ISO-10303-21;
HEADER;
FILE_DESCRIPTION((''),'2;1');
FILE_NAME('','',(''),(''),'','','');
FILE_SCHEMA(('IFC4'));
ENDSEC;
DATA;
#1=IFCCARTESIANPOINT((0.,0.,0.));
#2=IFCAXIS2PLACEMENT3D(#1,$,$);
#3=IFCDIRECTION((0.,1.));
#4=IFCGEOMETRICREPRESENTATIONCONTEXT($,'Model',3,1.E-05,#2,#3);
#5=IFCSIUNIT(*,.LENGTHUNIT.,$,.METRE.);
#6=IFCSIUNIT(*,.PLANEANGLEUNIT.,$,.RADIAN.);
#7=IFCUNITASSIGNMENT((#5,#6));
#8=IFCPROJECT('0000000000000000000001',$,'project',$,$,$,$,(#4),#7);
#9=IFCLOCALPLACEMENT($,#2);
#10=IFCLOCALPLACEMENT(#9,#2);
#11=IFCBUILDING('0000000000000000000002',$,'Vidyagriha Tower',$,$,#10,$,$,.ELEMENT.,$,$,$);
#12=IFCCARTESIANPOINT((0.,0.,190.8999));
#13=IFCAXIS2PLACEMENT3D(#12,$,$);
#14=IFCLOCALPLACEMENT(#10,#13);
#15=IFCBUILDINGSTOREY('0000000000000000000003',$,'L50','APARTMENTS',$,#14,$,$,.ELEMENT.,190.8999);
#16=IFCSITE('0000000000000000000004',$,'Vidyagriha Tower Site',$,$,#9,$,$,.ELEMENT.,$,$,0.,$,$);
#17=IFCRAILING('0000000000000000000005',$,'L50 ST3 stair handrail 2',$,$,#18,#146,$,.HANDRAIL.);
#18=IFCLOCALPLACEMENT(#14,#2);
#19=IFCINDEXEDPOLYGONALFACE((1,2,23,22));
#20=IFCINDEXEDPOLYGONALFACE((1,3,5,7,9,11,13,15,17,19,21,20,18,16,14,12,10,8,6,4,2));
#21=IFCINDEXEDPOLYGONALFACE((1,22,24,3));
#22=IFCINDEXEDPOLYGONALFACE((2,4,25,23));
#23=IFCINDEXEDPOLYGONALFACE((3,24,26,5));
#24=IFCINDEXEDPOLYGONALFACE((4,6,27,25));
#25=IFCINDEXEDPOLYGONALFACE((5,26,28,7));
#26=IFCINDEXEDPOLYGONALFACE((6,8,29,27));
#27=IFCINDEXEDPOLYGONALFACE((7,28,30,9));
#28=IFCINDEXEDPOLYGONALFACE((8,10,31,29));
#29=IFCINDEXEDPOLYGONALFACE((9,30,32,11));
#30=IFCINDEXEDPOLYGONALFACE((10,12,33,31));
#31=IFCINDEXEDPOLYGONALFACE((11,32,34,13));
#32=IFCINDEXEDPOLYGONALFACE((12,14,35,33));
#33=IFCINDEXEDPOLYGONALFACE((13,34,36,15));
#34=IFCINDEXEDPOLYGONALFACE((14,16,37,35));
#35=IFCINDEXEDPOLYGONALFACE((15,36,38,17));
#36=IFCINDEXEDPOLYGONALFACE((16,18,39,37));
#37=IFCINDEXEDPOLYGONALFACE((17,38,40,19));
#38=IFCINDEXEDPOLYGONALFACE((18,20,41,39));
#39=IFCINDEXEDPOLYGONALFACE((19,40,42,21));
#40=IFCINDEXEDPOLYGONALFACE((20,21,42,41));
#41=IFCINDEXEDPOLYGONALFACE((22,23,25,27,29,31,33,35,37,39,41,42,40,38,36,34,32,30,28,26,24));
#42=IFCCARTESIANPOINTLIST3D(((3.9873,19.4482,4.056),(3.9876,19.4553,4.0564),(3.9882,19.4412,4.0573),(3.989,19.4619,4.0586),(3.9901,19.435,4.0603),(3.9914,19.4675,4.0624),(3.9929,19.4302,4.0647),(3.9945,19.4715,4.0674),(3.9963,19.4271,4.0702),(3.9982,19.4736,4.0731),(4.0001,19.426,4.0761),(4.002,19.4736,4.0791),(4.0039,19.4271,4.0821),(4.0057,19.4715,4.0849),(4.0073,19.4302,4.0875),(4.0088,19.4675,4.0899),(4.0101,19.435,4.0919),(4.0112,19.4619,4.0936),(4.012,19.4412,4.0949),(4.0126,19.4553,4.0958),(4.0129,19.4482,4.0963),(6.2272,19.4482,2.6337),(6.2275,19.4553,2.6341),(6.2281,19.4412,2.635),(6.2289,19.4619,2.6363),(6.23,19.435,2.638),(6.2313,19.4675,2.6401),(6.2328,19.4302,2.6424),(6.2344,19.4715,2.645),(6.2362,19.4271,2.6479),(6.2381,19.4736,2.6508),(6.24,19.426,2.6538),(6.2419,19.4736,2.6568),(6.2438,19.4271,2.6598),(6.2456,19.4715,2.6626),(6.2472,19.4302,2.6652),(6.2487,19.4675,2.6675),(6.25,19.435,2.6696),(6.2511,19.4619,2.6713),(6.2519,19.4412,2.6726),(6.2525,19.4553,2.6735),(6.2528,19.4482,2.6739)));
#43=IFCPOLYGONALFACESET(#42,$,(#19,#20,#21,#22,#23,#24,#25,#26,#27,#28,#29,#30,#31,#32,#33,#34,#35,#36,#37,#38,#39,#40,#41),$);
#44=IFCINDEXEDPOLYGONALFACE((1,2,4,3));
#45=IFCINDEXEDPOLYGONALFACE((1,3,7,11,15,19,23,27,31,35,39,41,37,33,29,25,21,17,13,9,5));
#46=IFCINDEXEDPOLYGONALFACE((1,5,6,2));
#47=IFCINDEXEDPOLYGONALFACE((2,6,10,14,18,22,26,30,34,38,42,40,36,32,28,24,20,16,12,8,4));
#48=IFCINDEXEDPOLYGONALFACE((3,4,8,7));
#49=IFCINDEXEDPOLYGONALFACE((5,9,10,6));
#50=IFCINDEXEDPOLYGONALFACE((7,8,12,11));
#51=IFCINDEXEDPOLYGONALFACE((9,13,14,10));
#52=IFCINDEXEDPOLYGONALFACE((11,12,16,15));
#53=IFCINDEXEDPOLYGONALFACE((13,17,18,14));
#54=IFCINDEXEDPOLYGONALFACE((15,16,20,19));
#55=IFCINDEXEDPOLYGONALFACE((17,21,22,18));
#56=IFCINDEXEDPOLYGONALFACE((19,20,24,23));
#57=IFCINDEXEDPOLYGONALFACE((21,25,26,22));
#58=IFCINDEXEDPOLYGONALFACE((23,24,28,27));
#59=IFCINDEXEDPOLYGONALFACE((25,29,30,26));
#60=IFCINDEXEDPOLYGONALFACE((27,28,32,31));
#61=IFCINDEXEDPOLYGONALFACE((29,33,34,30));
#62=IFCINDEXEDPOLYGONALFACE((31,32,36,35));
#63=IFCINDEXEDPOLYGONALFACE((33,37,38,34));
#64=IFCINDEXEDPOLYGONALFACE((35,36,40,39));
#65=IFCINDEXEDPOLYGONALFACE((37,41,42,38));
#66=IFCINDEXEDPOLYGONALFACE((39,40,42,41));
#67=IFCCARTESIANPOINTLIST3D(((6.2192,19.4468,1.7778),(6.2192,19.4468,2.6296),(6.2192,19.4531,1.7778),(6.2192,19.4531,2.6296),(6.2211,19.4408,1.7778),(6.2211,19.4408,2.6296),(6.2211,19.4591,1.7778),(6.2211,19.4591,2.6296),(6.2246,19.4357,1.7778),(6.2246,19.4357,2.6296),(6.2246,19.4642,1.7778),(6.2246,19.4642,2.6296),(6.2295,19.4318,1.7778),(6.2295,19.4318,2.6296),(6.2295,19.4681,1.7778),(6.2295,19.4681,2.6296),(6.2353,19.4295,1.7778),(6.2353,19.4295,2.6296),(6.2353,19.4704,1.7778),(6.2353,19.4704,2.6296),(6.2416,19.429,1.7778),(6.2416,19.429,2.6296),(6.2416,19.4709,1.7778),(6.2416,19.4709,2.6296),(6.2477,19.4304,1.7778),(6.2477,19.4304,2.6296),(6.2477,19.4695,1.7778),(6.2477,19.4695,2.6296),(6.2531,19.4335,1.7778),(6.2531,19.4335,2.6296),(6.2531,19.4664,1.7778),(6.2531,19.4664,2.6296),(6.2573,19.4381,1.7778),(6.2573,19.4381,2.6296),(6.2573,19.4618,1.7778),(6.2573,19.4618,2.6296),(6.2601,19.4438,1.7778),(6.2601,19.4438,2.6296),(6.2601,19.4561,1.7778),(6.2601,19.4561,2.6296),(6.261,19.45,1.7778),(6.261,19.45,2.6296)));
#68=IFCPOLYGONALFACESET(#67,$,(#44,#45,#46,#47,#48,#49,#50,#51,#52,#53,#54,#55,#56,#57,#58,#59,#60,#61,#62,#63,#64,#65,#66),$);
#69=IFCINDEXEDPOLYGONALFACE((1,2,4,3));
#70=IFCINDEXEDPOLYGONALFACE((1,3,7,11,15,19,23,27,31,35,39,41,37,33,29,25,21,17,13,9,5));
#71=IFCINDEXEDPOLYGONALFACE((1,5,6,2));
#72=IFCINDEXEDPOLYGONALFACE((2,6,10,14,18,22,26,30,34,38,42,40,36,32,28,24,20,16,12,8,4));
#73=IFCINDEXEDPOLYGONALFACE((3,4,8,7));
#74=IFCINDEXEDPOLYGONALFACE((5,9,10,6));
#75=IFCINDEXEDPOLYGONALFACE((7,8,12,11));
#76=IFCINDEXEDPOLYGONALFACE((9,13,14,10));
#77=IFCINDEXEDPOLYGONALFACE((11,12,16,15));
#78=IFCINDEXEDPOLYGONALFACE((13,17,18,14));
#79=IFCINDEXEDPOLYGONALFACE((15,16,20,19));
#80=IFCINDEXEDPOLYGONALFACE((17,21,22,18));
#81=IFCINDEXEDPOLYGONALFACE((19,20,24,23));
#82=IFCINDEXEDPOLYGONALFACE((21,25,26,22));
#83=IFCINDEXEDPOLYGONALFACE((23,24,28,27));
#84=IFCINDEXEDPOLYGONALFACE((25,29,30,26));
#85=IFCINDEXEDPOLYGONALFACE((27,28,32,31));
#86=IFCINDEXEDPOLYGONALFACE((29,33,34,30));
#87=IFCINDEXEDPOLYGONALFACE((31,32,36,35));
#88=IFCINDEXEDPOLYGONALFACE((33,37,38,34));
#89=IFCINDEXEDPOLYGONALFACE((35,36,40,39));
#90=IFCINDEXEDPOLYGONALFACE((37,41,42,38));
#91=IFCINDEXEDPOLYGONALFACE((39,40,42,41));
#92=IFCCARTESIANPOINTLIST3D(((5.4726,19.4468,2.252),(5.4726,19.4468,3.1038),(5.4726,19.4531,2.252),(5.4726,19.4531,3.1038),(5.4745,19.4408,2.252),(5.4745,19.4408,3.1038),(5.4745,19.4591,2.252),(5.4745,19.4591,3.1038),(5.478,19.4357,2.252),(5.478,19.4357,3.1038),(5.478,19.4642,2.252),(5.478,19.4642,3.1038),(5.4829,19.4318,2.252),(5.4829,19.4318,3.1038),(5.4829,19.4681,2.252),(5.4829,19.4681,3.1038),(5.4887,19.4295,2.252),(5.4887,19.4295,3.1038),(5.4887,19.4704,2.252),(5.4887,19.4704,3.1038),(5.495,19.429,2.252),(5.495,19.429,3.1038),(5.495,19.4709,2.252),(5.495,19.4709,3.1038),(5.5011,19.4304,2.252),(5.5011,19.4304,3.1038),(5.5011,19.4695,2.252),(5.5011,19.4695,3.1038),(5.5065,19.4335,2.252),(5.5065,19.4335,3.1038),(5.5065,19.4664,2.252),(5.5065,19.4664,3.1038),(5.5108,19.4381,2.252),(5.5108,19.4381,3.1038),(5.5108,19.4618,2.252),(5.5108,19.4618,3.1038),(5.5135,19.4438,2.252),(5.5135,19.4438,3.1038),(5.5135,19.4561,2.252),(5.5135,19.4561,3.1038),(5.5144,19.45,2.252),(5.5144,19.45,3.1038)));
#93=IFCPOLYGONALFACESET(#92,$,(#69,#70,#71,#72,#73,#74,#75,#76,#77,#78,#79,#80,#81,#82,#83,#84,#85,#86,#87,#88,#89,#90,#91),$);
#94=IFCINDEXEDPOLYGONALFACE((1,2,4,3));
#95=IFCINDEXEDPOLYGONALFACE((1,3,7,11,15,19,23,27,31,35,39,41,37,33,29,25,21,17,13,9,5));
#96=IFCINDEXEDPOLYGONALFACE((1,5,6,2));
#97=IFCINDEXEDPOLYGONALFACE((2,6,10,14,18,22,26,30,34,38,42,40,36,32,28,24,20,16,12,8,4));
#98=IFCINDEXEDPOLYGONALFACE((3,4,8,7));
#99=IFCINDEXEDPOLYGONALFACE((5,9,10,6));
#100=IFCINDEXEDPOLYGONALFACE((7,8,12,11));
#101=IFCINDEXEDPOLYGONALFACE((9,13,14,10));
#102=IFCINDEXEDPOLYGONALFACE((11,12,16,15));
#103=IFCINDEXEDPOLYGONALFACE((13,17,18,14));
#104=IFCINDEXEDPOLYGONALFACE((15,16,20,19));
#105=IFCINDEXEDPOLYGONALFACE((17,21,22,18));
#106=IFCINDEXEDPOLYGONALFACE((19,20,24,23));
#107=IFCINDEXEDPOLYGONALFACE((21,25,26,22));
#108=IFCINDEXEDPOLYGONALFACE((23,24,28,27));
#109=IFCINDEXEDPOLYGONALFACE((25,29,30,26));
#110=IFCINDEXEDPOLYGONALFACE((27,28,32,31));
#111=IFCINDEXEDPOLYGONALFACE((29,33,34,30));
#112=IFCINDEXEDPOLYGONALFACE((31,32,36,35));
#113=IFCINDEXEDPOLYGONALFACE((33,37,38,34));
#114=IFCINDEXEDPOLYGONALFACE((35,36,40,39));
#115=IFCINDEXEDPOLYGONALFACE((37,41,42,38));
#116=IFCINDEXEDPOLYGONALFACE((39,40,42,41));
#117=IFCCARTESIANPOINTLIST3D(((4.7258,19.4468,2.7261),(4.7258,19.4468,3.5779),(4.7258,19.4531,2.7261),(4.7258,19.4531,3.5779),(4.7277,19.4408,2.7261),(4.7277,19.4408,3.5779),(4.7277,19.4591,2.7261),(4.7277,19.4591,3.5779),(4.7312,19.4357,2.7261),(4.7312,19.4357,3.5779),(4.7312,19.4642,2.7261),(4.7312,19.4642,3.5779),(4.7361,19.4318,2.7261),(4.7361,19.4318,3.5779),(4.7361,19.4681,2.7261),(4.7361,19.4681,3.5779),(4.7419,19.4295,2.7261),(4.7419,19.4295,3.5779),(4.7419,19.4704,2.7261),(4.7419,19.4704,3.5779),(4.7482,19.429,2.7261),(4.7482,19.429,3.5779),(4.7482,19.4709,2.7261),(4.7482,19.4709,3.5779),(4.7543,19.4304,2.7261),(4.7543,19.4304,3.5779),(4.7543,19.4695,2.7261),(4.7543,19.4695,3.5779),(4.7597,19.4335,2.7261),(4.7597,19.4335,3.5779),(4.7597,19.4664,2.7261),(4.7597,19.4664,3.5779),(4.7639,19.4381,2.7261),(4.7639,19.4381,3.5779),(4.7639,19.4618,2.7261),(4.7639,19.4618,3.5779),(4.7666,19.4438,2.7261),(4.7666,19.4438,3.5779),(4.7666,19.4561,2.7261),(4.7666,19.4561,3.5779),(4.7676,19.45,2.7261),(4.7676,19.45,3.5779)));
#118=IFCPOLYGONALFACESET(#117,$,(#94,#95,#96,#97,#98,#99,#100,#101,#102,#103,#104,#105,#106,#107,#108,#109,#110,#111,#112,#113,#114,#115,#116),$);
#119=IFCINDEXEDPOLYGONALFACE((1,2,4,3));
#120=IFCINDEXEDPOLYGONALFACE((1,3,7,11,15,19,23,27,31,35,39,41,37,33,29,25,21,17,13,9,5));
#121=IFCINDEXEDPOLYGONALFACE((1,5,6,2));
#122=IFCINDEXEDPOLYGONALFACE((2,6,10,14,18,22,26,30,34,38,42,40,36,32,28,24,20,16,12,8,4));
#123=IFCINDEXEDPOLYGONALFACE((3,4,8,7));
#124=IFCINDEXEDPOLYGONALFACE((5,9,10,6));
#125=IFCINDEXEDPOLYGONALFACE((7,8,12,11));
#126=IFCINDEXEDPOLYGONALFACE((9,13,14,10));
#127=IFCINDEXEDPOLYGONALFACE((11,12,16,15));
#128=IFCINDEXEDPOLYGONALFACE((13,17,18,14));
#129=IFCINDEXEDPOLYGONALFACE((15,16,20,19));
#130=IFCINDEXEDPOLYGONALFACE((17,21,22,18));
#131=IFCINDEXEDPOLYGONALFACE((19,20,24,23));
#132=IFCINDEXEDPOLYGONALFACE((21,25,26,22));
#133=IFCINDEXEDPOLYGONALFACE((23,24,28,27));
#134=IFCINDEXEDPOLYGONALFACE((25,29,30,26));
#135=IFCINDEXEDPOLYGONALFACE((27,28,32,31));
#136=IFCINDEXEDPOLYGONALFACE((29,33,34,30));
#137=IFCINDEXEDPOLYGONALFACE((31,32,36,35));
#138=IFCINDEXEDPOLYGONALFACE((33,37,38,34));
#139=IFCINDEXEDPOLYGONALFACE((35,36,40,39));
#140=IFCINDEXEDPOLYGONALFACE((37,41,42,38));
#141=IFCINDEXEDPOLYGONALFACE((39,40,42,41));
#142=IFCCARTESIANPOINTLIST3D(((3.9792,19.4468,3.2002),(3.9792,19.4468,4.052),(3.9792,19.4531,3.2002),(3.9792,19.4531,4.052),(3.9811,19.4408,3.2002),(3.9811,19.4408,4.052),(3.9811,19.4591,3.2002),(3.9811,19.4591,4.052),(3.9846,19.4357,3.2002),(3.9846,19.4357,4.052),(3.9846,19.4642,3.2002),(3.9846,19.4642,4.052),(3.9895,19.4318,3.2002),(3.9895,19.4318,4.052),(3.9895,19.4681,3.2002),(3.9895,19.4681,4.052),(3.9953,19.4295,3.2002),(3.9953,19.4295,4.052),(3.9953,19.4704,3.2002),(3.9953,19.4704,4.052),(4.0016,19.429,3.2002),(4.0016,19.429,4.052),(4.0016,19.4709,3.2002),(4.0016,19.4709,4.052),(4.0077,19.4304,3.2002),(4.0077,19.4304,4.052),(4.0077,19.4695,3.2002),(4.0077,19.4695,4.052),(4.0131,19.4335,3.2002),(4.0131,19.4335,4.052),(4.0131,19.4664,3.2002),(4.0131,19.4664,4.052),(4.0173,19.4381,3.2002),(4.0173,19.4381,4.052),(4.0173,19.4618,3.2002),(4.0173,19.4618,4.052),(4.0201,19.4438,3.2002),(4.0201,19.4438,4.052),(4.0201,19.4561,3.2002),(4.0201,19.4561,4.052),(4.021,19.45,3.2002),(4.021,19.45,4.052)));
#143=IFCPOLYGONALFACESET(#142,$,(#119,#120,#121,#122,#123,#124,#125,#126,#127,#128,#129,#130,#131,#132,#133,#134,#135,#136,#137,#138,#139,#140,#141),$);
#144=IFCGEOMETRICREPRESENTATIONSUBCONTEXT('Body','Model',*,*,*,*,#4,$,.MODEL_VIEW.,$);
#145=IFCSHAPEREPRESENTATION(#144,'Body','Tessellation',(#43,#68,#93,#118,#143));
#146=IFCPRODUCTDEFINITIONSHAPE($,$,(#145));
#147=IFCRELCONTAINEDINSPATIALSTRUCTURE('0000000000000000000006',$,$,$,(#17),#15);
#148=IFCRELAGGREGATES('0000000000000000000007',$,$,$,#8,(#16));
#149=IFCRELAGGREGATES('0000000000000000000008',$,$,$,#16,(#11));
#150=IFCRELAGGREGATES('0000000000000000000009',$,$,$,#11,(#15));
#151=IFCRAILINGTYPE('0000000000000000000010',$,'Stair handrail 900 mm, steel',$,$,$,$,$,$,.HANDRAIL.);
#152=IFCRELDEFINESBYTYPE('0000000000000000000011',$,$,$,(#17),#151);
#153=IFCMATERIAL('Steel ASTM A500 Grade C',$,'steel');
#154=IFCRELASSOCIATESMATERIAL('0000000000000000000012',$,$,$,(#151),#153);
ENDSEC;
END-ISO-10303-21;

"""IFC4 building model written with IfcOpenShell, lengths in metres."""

from ifc_helpers import new_model, si_unit, direction, frame, origin, origin_2d, place, context, subcontext, project, spatial, circle, extrude, material, type_object, element, save


model = new_model("IFC4")

# Units and contexts
model_context = context("Model", 3, precision=1e-05, world=origin(), true_north=direction((0.0, 1.0)))
body_context = subcontext(model_context, "Body", "Model", "MODEL_VIEW")
ifc_project = project(units=[si_unit("LENGTHUNIT", "METRE"), si_unit("PLANEANGLEUNIT", "RADIAN")], contexts=[model_context])

# Site, building, storey
site_placement = place(None, origin())
site = spatial("IfcSite", under=ifc_project, at=site_placement, Name="Vidyagriha Tower Site", CompositionType="ELEMENT", RefElevation=0.0)
building_placement = place(site_placement, origin())
building = spatial("IfcBuilding", under=site, at=building_placement, Name="Vidyagriha Tower", CompositionType="ELEMENT")
storey_placement = place(building_placement, frame((0.0, 0.0, 190.8999)))
storey = spatial("IfcBuildingStorey", under=building, at=storey_placement, Name="L50", Description="APARTMENTS", CompositionType="ELEMENT", Elevation=190.8999)

# Railing
ifc_material_1 = material(Name="Steel ASTM A500 Grade C", Category="steel")
railing_type_1 = type_object("IfcRailingType", Name="Stair handrail 900 mm, steel", PredefinedType="HANDRAIL", material=ifc_material_1)
railing_1_placement = place(storey_placement, frame((6.24, 19.45, 1.7778)))
element("IfcRailing", 1, at=railing_1_placement, inside=storey, type_object=railing_type_1, Name="L50 ST3 stair handrail 2", PredefinedType="HANDRAIL", context=body_context, shape_type="SweptSolid", body=[
    extrude(circle(Radius=0.0239, at=origin_2d()), frame((0.0, 0.0, 0.876), z_axis=(-0.844188, 0.0, 0.536048), x_axis=(0.0, -1.0, 0.0)), (0.0, 0.0, 1.0), 2.6533),
    extrude(circle(Radius=0.021, at=origin_2d()), origin(), (0.0, 0.0, 1.0), 0.8518),
    extrude(circle(Radius=0.021, at=origin_2d()), frame((-0.7466, 0.0, 0.4741)), (0.0, 0.0, 1.0), 0.8518),
    extrude(circle(Radius=0.021, at=origin_2d()), frame((-1.4934, 0.0, 0.9482)), (0.0, 0.0, 1.0), 0.8518),
    extrude(circle(Radius=0.021, at=origin_2d()), frame((-2.24, 0.0, 1.4224)), (0.0, 0.0, 1.0), 0.8518),
])

save(model, "model.ifc")
